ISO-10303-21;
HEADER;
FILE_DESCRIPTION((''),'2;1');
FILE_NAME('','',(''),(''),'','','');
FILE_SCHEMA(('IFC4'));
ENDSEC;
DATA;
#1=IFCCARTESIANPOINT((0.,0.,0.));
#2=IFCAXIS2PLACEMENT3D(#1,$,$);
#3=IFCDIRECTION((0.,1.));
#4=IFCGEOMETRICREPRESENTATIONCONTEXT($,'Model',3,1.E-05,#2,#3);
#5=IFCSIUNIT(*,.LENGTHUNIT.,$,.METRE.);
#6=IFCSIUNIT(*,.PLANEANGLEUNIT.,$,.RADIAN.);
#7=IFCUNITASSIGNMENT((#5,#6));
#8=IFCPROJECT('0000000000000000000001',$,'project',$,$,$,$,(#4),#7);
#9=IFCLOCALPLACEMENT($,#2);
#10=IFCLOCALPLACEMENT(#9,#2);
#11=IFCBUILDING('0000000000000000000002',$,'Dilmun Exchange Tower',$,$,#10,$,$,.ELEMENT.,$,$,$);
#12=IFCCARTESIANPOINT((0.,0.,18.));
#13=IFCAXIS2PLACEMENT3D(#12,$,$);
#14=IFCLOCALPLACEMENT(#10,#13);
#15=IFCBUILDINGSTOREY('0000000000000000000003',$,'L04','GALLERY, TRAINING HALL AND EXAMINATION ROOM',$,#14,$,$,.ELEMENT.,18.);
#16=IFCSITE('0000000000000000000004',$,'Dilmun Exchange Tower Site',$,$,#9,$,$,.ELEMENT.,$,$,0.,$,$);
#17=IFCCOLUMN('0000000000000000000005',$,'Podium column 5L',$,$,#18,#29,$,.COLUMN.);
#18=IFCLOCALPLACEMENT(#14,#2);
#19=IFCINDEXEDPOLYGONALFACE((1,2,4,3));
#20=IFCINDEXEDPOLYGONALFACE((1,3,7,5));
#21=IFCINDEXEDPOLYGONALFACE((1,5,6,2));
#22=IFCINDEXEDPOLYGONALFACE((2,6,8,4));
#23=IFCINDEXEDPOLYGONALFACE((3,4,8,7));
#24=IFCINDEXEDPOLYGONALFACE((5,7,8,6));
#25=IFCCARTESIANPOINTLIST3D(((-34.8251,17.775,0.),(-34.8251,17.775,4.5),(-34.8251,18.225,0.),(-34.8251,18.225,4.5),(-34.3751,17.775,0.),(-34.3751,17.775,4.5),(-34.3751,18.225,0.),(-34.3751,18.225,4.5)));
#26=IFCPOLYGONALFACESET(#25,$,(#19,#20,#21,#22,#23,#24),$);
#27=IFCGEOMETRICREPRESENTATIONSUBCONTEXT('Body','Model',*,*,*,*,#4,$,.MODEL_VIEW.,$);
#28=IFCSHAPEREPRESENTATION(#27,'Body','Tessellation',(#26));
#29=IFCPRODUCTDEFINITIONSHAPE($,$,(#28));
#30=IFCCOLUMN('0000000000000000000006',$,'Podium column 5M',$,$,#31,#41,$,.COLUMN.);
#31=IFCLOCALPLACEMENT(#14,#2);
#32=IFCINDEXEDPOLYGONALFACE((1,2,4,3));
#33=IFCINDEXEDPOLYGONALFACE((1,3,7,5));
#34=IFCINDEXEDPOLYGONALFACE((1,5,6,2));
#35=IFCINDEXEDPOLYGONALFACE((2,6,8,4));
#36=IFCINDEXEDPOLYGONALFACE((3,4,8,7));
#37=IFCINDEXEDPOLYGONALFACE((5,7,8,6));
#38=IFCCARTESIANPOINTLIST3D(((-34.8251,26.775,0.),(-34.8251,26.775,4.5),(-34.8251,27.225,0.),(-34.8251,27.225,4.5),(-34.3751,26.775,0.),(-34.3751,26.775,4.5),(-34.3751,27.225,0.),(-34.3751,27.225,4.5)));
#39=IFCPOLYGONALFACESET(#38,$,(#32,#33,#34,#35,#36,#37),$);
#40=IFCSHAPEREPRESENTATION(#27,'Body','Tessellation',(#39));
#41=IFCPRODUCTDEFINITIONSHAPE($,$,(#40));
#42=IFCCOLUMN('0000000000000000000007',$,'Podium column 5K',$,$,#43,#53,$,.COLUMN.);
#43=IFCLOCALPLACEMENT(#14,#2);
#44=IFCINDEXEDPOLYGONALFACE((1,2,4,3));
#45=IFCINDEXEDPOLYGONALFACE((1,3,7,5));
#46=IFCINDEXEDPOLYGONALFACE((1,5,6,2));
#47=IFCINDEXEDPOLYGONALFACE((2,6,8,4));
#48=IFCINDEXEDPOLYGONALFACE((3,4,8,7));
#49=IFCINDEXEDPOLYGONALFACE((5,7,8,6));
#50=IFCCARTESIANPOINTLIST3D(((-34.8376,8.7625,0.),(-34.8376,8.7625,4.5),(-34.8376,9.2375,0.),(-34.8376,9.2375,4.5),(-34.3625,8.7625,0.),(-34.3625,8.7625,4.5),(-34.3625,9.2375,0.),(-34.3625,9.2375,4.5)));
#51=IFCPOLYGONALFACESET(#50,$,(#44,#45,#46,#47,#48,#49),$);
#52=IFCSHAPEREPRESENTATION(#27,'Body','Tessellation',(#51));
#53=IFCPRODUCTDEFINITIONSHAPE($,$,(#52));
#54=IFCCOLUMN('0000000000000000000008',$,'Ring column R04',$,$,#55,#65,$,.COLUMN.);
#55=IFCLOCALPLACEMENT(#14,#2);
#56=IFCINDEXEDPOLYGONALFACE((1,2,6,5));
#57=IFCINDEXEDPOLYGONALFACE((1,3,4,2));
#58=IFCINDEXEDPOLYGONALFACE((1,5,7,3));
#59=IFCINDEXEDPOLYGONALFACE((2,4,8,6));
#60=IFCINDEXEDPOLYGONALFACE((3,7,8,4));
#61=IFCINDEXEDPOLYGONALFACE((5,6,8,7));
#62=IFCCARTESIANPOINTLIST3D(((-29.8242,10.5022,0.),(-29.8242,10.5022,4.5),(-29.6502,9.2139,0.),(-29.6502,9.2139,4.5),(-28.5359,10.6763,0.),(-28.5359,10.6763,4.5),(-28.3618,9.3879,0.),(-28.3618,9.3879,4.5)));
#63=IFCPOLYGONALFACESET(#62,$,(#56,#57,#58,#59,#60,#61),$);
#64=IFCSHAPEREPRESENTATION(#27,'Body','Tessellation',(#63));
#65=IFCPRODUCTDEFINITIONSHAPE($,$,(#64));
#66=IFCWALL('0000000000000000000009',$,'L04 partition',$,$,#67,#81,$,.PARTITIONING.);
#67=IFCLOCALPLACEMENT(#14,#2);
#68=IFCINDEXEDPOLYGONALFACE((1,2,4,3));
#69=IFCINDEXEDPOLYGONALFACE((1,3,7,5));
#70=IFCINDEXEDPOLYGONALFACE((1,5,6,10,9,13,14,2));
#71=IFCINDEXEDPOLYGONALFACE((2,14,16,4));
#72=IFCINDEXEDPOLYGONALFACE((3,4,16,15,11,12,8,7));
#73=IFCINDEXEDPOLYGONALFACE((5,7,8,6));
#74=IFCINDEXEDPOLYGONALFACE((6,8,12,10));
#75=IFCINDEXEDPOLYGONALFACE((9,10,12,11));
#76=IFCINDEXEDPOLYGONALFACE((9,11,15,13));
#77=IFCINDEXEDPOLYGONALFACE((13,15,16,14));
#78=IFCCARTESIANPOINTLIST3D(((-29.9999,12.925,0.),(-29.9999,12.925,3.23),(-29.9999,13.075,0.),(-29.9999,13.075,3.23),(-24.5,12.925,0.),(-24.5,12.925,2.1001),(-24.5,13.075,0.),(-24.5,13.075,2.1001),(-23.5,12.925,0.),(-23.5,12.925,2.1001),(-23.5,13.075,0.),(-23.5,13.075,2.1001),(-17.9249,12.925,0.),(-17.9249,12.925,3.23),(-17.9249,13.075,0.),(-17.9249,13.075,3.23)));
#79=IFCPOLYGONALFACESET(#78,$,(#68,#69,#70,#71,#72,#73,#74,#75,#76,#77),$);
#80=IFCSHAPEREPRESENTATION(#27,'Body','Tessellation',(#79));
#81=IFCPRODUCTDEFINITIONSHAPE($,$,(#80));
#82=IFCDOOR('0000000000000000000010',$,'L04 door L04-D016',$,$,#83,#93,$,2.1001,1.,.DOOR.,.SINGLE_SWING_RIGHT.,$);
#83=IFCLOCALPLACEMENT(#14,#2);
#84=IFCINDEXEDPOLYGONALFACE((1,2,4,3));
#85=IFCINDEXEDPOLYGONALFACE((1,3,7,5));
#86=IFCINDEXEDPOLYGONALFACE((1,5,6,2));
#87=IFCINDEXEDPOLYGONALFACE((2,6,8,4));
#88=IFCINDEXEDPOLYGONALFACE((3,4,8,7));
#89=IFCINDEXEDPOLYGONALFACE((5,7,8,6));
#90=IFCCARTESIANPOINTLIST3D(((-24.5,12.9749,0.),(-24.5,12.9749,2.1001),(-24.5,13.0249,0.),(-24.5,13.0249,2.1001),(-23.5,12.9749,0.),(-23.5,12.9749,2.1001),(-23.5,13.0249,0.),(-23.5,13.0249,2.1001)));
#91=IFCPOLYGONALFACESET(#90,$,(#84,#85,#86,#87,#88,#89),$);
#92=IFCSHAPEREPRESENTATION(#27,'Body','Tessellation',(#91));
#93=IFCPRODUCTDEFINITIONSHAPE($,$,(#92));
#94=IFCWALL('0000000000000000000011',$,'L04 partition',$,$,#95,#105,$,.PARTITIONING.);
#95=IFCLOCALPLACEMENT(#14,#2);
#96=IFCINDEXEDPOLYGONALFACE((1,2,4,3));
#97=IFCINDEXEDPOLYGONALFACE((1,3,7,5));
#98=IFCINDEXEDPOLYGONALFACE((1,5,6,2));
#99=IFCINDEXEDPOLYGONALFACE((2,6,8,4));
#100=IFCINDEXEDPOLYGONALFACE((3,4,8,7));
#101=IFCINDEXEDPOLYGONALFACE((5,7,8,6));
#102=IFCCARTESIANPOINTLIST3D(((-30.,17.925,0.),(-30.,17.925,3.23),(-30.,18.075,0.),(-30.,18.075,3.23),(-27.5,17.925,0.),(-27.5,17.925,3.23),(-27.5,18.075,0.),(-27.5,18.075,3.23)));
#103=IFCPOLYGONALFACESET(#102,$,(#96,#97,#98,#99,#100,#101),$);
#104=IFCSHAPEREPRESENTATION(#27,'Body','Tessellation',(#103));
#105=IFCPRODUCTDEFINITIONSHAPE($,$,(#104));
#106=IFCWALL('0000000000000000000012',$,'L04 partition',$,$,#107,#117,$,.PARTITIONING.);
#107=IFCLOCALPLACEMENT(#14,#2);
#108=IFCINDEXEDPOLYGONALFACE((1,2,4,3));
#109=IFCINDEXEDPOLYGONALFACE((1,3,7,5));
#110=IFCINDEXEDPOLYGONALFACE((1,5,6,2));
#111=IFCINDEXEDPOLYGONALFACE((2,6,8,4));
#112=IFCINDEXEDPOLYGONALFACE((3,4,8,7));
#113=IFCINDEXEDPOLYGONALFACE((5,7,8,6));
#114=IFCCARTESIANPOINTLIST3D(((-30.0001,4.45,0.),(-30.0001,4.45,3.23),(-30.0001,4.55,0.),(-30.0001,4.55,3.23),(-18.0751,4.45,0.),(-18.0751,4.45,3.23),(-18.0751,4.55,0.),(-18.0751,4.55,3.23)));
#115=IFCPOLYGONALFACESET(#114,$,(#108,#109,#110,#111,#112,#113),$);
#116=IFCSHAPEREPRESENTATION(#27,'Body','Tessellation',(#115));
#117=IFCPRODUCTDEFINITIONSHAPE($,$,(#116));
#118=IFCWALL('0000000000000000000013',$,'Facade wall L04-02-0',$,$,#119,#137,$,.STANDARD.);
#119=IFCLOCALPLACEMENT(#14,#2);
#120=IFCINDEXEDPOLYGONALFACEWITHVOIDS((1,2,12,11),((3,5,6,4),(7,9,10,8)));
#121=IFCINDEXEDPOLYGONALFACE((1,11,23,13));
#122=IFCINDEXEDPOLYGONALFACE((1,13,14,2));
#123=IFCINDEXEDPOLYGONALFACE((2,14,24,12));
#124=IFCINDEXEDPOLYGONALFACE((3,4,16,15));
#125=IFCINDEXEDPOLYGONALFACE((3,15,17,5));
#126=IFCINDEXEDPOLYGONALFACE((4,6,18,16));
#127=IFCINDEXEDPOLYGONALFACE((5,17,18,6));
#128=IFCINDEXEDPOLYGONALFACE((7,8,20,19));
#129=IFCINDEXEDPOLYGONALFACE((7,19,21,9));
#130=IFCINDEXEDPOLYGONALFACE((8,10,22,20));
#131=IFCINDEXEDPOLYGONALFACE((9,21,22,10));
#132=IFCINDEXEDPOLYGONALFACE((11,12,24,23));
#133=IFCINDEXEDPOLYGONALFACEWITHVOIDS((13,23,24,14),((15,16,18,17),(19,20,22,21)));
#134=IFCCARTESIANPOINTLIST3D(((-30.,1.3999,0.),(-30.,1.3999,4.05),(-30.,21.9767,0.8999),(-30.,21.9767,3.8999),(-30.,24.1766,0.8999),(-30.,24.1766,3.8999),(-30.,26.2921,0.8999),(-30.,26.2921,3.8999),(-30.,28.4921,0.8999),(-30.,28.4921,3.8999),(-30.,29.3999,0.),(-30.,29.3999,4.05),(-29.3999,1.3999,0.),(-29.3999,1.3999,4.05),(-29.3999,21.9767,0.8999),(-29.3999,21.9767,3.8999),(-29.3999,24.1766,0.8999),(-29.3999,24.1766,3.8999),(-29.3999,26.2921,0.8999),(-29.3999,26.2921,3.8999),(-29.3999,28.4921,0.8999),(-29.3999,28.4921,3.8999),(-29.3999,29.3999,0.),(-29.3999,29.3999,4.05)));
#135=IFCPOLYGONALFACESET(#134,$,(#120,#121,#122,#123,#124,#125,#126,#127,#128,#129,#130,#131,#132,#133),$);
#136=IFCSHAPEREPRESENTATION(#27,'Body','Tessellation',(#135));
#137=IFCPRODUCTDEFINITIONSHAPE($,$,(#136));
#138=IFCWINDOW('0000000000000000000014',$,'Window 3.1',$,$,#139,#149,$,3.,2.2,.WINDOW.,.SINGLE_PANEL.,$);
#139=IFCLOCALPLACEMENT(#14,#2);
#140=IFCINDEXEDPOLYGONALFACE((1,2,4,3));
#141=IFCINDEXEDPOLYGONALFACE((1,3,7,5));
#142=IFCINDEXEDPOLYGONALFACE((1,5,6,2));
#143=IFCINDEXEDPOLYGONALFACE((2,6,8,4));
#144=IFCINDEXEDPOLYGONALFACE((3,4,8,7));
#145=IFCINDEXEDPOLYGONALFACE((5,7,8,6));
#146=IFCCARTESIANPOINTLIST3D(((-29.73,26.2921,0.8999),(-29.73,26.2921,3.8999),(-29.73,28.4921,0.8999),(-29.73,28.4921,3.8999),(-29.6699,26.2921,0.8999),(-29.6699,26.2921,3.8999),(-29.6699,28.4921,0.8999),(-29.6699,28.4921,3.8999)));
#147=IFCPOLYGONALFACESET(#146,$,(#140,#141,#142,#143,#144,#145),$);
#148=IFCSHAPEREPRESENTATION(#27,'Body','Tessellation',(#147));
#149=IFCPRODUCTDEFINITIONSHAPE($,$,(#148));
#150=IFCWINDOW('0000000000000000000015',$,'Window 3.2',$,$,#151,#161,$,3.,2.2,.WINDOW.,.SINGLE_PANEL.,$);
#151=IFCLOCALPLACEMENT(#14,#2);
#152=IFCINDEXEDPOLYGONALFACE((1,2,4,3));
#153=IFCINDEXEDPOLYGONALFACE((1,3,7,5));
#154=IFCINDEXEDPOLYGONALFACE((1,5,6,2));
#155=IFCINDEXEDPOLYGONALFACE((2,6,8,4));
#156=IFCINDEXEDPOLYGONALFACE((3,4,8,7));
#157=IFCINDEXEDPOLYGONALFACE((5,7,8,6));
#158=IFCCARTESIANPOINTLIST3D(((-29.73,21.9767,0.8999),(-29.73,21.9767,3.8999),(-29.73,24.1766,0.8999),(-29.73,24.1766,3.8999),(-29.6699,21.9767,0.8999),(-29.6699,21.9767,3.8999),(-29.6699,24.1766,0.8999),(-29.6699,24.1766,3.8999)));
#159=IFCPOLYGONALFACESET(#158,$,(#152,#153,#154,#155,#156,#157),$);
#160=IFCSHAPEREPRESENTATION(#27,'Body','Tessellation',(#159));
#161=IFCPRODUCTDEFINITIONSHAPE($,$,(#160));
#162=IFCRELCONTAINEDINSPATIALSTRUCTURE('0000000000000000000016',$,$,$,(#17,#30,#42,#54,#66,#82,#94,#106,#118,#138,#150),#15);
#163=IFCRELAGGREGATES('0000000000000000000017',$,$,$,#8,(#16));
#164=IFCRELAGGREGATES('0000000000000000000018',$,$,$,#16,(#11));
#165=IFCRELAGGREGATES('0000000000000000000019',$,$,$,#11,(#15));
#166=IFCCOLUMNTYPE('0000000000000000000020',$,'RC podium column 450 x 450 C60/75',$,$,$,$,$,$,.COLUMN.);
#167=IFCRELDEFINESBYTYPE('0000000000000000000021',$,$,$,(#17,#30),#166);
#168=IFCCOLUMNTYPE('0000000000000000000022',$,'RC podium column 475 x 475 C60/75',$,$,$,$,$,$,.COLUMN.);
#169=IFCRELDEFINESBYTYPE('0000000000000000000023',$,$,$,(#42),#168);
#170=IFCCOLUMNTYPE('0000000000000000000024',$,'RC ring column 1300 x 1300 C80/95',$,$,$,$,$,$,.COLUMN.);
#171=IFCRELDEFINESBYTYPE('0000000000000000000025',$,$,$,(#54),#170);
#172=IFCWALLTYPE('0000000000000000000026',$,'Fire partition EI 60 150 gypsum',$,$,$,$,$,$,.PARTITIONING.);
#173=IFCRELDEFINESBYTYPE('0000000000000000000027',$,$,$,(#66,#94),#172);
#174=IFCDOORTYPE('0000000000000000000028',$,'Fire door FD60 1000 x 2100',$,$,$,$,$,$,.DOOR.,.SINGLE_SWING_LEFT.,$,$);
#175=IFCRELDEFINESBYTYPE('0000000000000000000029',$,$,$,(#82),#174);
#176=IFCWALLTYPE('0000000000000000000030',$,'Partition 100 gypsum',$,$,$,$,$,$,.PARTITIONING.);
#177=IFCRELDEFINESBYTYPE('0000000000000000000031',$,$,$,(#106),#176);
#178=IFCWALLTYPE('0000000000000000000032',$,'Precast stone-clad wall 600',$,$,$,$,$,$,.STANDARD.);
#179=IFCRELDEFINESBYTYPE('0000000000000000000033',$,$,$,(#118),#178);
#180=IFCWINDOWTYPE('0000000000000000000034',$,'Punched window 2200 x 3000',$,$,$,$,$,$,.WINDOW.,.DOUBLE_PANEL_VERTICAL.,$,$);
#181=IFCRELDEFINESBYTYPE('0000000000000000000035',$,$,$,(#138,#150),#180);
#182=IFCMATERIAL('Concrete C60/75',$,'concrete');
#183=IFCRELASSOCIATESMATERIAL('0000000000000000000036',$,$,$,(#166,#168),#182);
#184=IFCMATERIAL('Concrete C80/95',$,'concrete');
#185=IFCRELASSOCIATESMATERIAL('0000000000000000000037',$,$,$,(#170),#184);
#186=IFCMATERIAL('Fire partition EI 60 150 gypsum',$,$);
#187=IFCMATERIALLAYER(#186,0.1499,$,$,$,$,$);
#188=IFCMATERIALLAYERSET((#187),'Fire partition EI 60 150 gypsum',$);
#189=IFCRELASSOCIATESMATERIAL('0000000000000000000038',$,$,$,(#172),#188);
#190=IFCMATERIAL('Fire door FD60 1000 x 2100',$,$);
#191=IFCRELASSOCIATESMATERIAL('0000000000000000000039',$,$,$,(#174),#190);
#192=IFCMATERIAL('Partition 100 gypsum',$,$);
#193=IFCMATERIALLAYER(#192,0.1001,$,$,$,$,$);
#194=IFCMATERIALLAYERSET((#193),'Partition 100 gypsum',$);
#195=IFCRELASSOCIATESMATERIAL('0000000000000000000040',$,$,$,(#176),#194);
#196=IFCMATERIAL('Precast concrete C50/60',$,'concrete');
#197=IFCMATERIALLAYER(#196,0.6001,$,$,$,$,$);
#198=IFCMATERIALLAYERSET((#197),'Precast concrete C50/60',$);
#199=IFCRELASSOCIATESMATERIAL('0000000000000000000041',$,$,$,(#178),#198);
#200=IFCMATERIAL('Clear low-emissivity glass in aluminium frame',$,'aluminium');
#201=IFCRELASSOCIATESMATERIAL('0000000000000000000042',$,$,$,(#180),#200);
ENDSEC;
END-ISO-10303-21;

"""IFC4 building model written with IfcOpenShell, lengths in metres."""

from ifc_helpers import new_model, si_unit, direction, frame, frame_2d, origin, origin_2d, place, context, subcontext, project, spatial, rectangle, extrude, material, layer, layer_set, material_profile, profile_set, type_object, element, fill, save


model = new_model("IFC4")

# Units and contexts
model_context = context("Model", 3, precision=1e-05, world=origin(), true_north=direction((0.0, 1.0)))
body_context = subcontext(model_context, "Body", "Model", "MODEL_VIEW")
ifc_project = project(units=[si_unit("LENGTHUNIT", "METRE"), si_unit("PLANEANGLEUNIT", "RADIAN")], contexts=[model_context])

# Site, building, storey
site_placement = place(None, origin())
site = spatial("IfcSite", under=ifc_project, at=site_placement, Name="Dilmun Exchange Tower Site", CompositionType="ELEMENT", RefElevation=0.0)
building_placement = place(site_placement, origin())
building = spatial("IfcBuilding", under=site, at=building_placement, Name="Dilmun Exchange Tower", CompositionType="ELEMENT")
storey_placement = place(building_placement, frame((0.0, 0.0, 18.0)))
storey = spatial("IfcBuildingStorey", under=building, at=storey_placement, Name="L04", Description="GALLERY, TRAINING HALL AND EXAMINATION ROOM", CompositionType="ELEMENT", Elevation=18.0)

# Columns
ifc_material_1 = material(Name="Concrete C60/75", Category="concrete")
ifc_material_profile_1 = material_profile(ifc_material_1, rectangle(XDim=0.45, YDim=0.45, at=origin_2d()), Name="450 x 450")
ifc_profile_set_1 = profile_set([ifc_material_profile_1], Name="Concrete C60/75")
column_type_1 = type_object("IfcColumnType", Name="RC podium column 450 x 450 C60/75", PredefinedType="COLUMN", material=ifc_profile_set_1)
for number, where, z_axis, x_axis, name in (
    (1, (-34.6001, 18.0, 0.0), (0.0, 0.0, 1.0), (1.0, 0.0, 0.0), "Podium column 5L"),
    (2, (-34.6001, 27.0, 0.0), (0.0, 0.0, 1.0), (1.0, 0.0, 0.0), "Podium column 5M"),
):
    element("IfcColumn", number, at=place(storey_placement, frame(where, z_axis=z_axis, x_axis=x_axis)), inside=storey, type_object=column_type_1, Name=name, PredefinedType="COLUMN", context=body_context, shape_type="SweptSolid", body=[
        extrude(rectangle(XDim=0.45, YDim=0.45, at=origin_2d()), origin(), (0.0, 0.0, 1.0), 4.5),
    ])
ifc_material_profile_2 = material_profile(ifc_material_1, rectangle(XDim=0.4751, YDim=0.4751, at=origin_2d()), Name="475 x 475")
ifc_profile_set_2 = profile_set([ifc_material_profile_2], Name="Concrete C60/75")
column_type_2 = type_object("IfcColumnType", Name="RC podium column 475 x 475 C60/75", PredefinedType="COLUMN", material=ifc_profile_set_2)
column_1_placement = place(storey_placement, frame((-34.6001, 9.0, 0.0), z_axis=(0.0, 0.0, 1.0), x_axis=(1.0, 0.0, 0.0)))
element("IfcColumn", 3, at=column_1_placement, inside=storey, type_object=column_type_2, Name="Podium column 5K", PredefinedType="COLUMN", context=body_context, shape_type="SweptSolid", body=[
    extrude(rectangle(XDim=0.4751, YDim=0.4751, at=origin_2d()), origin(), (0.0, 0.0, 1.0), 4.5),
])
ifc_material_2 = material(Name="Concrete C80/95", Category="concrete")
ifc_material_profile_3 = material_profile(ifc_material_2, rectangle(XDim=1.3, YDim=1.3, at=origin_2d()), Name="1300 x 1300")
ifc_profile_set_3 = profile_set([ifc_material_profile_3], Name="Concrete C80/95")
column_type_3 = type_object("IfcColumnType", Name="RC ring column 1300 x 1300 C80/95", PredefinedType="COLUMN", material=ifc_profile_set_3)
column_2_placement = place(storey_placement, frame((-29.093, 9.9451, 0.0), z_axis=(0.0, 0.0, 1.0), x_axis=(0.991001, 0.133853, 0.0)))
element("IfcColumn", 4, at=column_2_placement, inside=storey, type_object=column_type_3, Name="Ring column R04", PredefinedType="COLUMN", context=body_context, shape_type="SweptSolid", body=[
    extrude(rectangle(XDim=1.3, YDim=1.3, at=origin_2d()), origin(), (0.0, 0.0, 1.0), 4.5),
])

# Wall, opening, door
ifc_material_3 = material(Name="Fire partition EI 60 150 gypsum")
ifc_layer_1 = layer(ifc_material_3, 0.1499)
ifc_layer_set_1 = layer_set([ifc_layer_1], Name="Fire partition EI 60 150 gypsum")
wall_type_1 = type_object("IfcWallType", Name="Fire partition EI 60 150 gypsum", PredefinedType="PARTITIONING", material=ifc_layer_set_1)
wall_1_placement = place(storey_placement, frame((-30.0, 13.0, 0.0), z_axis=(0.0, 0.0, 1.0), x_axis=(1.0, 0.0, 0.0)))
wall_1 = element("IfcWall", 5, at=wall_1_placement, inside=storey, type_object=wall_type_1, Name="L04 partition", PredefinedType="PARTITIONING", context=body_context, shape_type="SweptSolid", body=[
    extrude(rectangle(XDim=12.075, YDim=0.1499, at=frame_2d((6.0376, 0.0))), origin(), (0.0, 0.0, 1.0), 3.23),
])
opening_1_placement = place(wall_1_placement, frame((5.5, 0.0, 0.0)))
opening_1 = element("IfcOpeningElement", 6, at=opening_1_placement, cuts=wall_1, PredefinedType="OPENING", context=body_context, shape_type="SweptSolid", body=[
    extrude(rectangle(XDim=1.0, YDim=2.1001, at=frame_2d((0.5, 1.05))), frame((0.0, 0.085, 0.0), z_axis=(0.0, -1.0, 0.0), x_axis=(1.0, 0.0, 0.0)), (0.0, 0.0, 1.0), 0.1699),
])
ifc_material_4 = material(Name="Fire door FD60 1000 x 2100")
door_type_1 = type_object("IfcDoorType", Name="Fire door FD60 1000 x 2100", OperationType="SINGLE_SWING_LEFT", PredefinedType="DOOR", material=ifc_material_4)
door_1_placement = place(opening_1_placement, origin())
door_1 = element("IfcDoor", 7, at=door_1_placement, inside=storey, type_object=door_type_1, Name="L04 door L04-D016", OperationType="SINGLE_SWING_RIGHT", OverallHeight=2.1001, OverallWidth=1.0, PredefinedType="DOOR", context=body_context, shape_type="SweptSolid", body=[
    extrude(rectangle(XDim=1.0, YDim=2.1001, at=frame_2d((0.5, 1.05))), frame((0.0, 0.0249, 0.0), z_axis=(0.0, -1.0, 0.0), x_axis=(1.0, 0.0, 0.0)), (0.0, 0.0, 1.0), 0.05),
])
fill(opening_1, door_1)

# Walls
wall_2_placement = place(storey_placement, frame((-30.0, 18.0, 0.0), z_axis=(0.0, 0.0, 1.0), x_axis=(1.0, 0.0, 0.0)))
element("IfcWall", 8, at=wall_2_placement, inside=storey, type_object=wall_type_1, Name="L04 partition", PredefinedType="PARTITIONING", context=body_context, shape_type="SweptSolid", body=[
    extrude(rectangle(XDim=2.5, YDim=0.1499, at=frame_2d((1.25, 0.0))), origin(), (0.0, 0.0, 1.0), 3.23),
])
ifc_material_5 = material(Name="Partition 100 gypsum")
ifc_layer_2 = layer(ifc_material_5, 0.1001)
ifc_layer_set_2 = layer_set([ifc_layer_2], Name="Partition 100 gypsum")
wall_type_2 = type_object("IfcWallType", Name="Partition 100 gypsum", PredefinedType="PARTITIONING", material=ifc_layer_set_2)
wall_3_placement = place(storey_placement, frame((-30.0, 4.5, 0.0), z_axis=(0.0, 0.0, 1.0), x_axis=(1.0, 0.0, 0.0)))
element("IfcWall", 9, at=wall_3_placement, inside=storey, type_object=wall_type_2, Name="L04 partition", PredefinedType="PARTITIONING", context=body_context, shape_type="SweptSolid", body=[
    extrude(rectangle(XDim=11.925, YDim=0.1001, at=frame_2d((5.9624, 0.0))), origin(), (0.0, 0.0, 1.0), 3.23),
])

# Wall, openings, windows
ifc_material_6 = material(Name="Precast concrete C50/60", Category="concrete")
ifc_layer_3 = layer(ifc_material_6, 0.6001)
ifc_layer_set_3 = layer_set([ifc_layer_3], Name="Precast concrete C50/60")
wall_type_3 = type_object("IfcWallType", Name="Precast stone-clad wall 600", PredefinedType="STANDARD", material=ifc_layer_set_3)
wall_4_placement = place(storey_placement, frame((-29.7, 29.3999, 0.0), z_axis=(0.0, 0.0, 1.0), x_axis=(0.0, -1.0, 0.0)))
wall_4 = element("IfcWall", 10, at=wall_4_placement, inside=storey, type_object=wall_type_3, Name="Facade wall L04-02-0", PredefinedType="STANDARD", context=body_context, shape_type="SweptSolid", body=[
    extrude(rectangle(XDim=28.0, YDim=0.6001, at=frame_2d((14.0, 0.0))), origin(), (0.0, 0.0, 1.0), 4.05),
])
opening_2_placement = place(wall_4_placement, frame((0.9077, 0.0, 0.8999)))
opening_2 = element("IfcOpeningElement", 11, at=opening_2_placement, cuts=wall_4, PredefinedType="OPENING", context=body_context, shape_type="SweptSolid", body=[
    extrude(rectangle(XDim=2.2, YDim=3.0, at=frame_2d((1.1001, 1.5))), frame((0.0, 0.3101, 0.0), z_axis=(0.0, -1.0, 0.0), x_axis=(1.0, 0.0, 0.0)), (0.0, 0.0, 1.0), 0.6201),
])
opening_3_placement = place(wall_4_placement, frame((5.2231, 0.0, 0.8999)))
opening_3 = element("IfcOpeningElement", 12, at=opening_3_placement, cuts=wall_4, PredefinedType="OPENING", context=body_context, shape_type="SweptSolid", body=[
    extrude(rectangle(XDim=2.2, YDim=3.0, at=frame_2d((1.1001, 1.5))), frame((0.0, 0.3101, 0.0), z_axis=(0.0, -1.0, 0.0), x_axis=(1.0, 0.0, 0.0)), (0.0, 0.0, 1.0), 0.6201),
])
ifc_material_7 = material(Name="Clear low-emissivity glass in aluminium frame", Category="aluminium")
window_type = type_object("IfcWindowType", Name="Punched window 2200 x 3000", PartitioningType="DOUBLE_PANEL_VERTICAL", PredefinedType="WINDOW", material=ifc_material_7)
window_1_placement = place(opening_2_placement, origin())
window_1 = element("IfcWindow", 13, at=window_1_placement, inside=storey, type_object=window_type, Name="Window 3.1", OverallHeight=3.0, OverallWidth=2.2, PartitioningType="SINGLE_PANEL", PredefinedType="WINDOW", context=body_context, shape_type="SweptSolid", body=[
    extrude(rectangle(XDim=2.2, YDim=3.0, at=frame_2d((1.1001, 1.5))), frame((0.0, 0.03, 0.0), z_axis=(0.0, -1.0, 0.0), x_axis=(1.0, 0.0, 0.0)), (0.0, 0.0, 1.0), 0.0601),
])
fill(opening_2, window_1)
window_2_placement = place(opening_3_placement, origin())
window_2 = element("IfcWindow", 14, at=window_2_placement, inside=storey, type_object=window_type, Name="Window 3.2", OverallHeight=3.0, OverallWidth=2.2, PartitioningType="SINGLE_PANEL", PredefinedType="WINDOW", context=body_context, shape_type="SweptSolid", body=[
    extrude(rectangle(XDim=2.2, YDim=3.0, at=frame_2d((1.1001, 1.5))), frame((0.0, 0.03, 0.0), z_axis=(0.0, -1.0, 0.0), x_axis=(1.0, 0.0, 0.0)), (0.0, 0.0, 1.0), 0.0601),
])
fill(opening_3, window_2)

save(model, "model.ifc")
